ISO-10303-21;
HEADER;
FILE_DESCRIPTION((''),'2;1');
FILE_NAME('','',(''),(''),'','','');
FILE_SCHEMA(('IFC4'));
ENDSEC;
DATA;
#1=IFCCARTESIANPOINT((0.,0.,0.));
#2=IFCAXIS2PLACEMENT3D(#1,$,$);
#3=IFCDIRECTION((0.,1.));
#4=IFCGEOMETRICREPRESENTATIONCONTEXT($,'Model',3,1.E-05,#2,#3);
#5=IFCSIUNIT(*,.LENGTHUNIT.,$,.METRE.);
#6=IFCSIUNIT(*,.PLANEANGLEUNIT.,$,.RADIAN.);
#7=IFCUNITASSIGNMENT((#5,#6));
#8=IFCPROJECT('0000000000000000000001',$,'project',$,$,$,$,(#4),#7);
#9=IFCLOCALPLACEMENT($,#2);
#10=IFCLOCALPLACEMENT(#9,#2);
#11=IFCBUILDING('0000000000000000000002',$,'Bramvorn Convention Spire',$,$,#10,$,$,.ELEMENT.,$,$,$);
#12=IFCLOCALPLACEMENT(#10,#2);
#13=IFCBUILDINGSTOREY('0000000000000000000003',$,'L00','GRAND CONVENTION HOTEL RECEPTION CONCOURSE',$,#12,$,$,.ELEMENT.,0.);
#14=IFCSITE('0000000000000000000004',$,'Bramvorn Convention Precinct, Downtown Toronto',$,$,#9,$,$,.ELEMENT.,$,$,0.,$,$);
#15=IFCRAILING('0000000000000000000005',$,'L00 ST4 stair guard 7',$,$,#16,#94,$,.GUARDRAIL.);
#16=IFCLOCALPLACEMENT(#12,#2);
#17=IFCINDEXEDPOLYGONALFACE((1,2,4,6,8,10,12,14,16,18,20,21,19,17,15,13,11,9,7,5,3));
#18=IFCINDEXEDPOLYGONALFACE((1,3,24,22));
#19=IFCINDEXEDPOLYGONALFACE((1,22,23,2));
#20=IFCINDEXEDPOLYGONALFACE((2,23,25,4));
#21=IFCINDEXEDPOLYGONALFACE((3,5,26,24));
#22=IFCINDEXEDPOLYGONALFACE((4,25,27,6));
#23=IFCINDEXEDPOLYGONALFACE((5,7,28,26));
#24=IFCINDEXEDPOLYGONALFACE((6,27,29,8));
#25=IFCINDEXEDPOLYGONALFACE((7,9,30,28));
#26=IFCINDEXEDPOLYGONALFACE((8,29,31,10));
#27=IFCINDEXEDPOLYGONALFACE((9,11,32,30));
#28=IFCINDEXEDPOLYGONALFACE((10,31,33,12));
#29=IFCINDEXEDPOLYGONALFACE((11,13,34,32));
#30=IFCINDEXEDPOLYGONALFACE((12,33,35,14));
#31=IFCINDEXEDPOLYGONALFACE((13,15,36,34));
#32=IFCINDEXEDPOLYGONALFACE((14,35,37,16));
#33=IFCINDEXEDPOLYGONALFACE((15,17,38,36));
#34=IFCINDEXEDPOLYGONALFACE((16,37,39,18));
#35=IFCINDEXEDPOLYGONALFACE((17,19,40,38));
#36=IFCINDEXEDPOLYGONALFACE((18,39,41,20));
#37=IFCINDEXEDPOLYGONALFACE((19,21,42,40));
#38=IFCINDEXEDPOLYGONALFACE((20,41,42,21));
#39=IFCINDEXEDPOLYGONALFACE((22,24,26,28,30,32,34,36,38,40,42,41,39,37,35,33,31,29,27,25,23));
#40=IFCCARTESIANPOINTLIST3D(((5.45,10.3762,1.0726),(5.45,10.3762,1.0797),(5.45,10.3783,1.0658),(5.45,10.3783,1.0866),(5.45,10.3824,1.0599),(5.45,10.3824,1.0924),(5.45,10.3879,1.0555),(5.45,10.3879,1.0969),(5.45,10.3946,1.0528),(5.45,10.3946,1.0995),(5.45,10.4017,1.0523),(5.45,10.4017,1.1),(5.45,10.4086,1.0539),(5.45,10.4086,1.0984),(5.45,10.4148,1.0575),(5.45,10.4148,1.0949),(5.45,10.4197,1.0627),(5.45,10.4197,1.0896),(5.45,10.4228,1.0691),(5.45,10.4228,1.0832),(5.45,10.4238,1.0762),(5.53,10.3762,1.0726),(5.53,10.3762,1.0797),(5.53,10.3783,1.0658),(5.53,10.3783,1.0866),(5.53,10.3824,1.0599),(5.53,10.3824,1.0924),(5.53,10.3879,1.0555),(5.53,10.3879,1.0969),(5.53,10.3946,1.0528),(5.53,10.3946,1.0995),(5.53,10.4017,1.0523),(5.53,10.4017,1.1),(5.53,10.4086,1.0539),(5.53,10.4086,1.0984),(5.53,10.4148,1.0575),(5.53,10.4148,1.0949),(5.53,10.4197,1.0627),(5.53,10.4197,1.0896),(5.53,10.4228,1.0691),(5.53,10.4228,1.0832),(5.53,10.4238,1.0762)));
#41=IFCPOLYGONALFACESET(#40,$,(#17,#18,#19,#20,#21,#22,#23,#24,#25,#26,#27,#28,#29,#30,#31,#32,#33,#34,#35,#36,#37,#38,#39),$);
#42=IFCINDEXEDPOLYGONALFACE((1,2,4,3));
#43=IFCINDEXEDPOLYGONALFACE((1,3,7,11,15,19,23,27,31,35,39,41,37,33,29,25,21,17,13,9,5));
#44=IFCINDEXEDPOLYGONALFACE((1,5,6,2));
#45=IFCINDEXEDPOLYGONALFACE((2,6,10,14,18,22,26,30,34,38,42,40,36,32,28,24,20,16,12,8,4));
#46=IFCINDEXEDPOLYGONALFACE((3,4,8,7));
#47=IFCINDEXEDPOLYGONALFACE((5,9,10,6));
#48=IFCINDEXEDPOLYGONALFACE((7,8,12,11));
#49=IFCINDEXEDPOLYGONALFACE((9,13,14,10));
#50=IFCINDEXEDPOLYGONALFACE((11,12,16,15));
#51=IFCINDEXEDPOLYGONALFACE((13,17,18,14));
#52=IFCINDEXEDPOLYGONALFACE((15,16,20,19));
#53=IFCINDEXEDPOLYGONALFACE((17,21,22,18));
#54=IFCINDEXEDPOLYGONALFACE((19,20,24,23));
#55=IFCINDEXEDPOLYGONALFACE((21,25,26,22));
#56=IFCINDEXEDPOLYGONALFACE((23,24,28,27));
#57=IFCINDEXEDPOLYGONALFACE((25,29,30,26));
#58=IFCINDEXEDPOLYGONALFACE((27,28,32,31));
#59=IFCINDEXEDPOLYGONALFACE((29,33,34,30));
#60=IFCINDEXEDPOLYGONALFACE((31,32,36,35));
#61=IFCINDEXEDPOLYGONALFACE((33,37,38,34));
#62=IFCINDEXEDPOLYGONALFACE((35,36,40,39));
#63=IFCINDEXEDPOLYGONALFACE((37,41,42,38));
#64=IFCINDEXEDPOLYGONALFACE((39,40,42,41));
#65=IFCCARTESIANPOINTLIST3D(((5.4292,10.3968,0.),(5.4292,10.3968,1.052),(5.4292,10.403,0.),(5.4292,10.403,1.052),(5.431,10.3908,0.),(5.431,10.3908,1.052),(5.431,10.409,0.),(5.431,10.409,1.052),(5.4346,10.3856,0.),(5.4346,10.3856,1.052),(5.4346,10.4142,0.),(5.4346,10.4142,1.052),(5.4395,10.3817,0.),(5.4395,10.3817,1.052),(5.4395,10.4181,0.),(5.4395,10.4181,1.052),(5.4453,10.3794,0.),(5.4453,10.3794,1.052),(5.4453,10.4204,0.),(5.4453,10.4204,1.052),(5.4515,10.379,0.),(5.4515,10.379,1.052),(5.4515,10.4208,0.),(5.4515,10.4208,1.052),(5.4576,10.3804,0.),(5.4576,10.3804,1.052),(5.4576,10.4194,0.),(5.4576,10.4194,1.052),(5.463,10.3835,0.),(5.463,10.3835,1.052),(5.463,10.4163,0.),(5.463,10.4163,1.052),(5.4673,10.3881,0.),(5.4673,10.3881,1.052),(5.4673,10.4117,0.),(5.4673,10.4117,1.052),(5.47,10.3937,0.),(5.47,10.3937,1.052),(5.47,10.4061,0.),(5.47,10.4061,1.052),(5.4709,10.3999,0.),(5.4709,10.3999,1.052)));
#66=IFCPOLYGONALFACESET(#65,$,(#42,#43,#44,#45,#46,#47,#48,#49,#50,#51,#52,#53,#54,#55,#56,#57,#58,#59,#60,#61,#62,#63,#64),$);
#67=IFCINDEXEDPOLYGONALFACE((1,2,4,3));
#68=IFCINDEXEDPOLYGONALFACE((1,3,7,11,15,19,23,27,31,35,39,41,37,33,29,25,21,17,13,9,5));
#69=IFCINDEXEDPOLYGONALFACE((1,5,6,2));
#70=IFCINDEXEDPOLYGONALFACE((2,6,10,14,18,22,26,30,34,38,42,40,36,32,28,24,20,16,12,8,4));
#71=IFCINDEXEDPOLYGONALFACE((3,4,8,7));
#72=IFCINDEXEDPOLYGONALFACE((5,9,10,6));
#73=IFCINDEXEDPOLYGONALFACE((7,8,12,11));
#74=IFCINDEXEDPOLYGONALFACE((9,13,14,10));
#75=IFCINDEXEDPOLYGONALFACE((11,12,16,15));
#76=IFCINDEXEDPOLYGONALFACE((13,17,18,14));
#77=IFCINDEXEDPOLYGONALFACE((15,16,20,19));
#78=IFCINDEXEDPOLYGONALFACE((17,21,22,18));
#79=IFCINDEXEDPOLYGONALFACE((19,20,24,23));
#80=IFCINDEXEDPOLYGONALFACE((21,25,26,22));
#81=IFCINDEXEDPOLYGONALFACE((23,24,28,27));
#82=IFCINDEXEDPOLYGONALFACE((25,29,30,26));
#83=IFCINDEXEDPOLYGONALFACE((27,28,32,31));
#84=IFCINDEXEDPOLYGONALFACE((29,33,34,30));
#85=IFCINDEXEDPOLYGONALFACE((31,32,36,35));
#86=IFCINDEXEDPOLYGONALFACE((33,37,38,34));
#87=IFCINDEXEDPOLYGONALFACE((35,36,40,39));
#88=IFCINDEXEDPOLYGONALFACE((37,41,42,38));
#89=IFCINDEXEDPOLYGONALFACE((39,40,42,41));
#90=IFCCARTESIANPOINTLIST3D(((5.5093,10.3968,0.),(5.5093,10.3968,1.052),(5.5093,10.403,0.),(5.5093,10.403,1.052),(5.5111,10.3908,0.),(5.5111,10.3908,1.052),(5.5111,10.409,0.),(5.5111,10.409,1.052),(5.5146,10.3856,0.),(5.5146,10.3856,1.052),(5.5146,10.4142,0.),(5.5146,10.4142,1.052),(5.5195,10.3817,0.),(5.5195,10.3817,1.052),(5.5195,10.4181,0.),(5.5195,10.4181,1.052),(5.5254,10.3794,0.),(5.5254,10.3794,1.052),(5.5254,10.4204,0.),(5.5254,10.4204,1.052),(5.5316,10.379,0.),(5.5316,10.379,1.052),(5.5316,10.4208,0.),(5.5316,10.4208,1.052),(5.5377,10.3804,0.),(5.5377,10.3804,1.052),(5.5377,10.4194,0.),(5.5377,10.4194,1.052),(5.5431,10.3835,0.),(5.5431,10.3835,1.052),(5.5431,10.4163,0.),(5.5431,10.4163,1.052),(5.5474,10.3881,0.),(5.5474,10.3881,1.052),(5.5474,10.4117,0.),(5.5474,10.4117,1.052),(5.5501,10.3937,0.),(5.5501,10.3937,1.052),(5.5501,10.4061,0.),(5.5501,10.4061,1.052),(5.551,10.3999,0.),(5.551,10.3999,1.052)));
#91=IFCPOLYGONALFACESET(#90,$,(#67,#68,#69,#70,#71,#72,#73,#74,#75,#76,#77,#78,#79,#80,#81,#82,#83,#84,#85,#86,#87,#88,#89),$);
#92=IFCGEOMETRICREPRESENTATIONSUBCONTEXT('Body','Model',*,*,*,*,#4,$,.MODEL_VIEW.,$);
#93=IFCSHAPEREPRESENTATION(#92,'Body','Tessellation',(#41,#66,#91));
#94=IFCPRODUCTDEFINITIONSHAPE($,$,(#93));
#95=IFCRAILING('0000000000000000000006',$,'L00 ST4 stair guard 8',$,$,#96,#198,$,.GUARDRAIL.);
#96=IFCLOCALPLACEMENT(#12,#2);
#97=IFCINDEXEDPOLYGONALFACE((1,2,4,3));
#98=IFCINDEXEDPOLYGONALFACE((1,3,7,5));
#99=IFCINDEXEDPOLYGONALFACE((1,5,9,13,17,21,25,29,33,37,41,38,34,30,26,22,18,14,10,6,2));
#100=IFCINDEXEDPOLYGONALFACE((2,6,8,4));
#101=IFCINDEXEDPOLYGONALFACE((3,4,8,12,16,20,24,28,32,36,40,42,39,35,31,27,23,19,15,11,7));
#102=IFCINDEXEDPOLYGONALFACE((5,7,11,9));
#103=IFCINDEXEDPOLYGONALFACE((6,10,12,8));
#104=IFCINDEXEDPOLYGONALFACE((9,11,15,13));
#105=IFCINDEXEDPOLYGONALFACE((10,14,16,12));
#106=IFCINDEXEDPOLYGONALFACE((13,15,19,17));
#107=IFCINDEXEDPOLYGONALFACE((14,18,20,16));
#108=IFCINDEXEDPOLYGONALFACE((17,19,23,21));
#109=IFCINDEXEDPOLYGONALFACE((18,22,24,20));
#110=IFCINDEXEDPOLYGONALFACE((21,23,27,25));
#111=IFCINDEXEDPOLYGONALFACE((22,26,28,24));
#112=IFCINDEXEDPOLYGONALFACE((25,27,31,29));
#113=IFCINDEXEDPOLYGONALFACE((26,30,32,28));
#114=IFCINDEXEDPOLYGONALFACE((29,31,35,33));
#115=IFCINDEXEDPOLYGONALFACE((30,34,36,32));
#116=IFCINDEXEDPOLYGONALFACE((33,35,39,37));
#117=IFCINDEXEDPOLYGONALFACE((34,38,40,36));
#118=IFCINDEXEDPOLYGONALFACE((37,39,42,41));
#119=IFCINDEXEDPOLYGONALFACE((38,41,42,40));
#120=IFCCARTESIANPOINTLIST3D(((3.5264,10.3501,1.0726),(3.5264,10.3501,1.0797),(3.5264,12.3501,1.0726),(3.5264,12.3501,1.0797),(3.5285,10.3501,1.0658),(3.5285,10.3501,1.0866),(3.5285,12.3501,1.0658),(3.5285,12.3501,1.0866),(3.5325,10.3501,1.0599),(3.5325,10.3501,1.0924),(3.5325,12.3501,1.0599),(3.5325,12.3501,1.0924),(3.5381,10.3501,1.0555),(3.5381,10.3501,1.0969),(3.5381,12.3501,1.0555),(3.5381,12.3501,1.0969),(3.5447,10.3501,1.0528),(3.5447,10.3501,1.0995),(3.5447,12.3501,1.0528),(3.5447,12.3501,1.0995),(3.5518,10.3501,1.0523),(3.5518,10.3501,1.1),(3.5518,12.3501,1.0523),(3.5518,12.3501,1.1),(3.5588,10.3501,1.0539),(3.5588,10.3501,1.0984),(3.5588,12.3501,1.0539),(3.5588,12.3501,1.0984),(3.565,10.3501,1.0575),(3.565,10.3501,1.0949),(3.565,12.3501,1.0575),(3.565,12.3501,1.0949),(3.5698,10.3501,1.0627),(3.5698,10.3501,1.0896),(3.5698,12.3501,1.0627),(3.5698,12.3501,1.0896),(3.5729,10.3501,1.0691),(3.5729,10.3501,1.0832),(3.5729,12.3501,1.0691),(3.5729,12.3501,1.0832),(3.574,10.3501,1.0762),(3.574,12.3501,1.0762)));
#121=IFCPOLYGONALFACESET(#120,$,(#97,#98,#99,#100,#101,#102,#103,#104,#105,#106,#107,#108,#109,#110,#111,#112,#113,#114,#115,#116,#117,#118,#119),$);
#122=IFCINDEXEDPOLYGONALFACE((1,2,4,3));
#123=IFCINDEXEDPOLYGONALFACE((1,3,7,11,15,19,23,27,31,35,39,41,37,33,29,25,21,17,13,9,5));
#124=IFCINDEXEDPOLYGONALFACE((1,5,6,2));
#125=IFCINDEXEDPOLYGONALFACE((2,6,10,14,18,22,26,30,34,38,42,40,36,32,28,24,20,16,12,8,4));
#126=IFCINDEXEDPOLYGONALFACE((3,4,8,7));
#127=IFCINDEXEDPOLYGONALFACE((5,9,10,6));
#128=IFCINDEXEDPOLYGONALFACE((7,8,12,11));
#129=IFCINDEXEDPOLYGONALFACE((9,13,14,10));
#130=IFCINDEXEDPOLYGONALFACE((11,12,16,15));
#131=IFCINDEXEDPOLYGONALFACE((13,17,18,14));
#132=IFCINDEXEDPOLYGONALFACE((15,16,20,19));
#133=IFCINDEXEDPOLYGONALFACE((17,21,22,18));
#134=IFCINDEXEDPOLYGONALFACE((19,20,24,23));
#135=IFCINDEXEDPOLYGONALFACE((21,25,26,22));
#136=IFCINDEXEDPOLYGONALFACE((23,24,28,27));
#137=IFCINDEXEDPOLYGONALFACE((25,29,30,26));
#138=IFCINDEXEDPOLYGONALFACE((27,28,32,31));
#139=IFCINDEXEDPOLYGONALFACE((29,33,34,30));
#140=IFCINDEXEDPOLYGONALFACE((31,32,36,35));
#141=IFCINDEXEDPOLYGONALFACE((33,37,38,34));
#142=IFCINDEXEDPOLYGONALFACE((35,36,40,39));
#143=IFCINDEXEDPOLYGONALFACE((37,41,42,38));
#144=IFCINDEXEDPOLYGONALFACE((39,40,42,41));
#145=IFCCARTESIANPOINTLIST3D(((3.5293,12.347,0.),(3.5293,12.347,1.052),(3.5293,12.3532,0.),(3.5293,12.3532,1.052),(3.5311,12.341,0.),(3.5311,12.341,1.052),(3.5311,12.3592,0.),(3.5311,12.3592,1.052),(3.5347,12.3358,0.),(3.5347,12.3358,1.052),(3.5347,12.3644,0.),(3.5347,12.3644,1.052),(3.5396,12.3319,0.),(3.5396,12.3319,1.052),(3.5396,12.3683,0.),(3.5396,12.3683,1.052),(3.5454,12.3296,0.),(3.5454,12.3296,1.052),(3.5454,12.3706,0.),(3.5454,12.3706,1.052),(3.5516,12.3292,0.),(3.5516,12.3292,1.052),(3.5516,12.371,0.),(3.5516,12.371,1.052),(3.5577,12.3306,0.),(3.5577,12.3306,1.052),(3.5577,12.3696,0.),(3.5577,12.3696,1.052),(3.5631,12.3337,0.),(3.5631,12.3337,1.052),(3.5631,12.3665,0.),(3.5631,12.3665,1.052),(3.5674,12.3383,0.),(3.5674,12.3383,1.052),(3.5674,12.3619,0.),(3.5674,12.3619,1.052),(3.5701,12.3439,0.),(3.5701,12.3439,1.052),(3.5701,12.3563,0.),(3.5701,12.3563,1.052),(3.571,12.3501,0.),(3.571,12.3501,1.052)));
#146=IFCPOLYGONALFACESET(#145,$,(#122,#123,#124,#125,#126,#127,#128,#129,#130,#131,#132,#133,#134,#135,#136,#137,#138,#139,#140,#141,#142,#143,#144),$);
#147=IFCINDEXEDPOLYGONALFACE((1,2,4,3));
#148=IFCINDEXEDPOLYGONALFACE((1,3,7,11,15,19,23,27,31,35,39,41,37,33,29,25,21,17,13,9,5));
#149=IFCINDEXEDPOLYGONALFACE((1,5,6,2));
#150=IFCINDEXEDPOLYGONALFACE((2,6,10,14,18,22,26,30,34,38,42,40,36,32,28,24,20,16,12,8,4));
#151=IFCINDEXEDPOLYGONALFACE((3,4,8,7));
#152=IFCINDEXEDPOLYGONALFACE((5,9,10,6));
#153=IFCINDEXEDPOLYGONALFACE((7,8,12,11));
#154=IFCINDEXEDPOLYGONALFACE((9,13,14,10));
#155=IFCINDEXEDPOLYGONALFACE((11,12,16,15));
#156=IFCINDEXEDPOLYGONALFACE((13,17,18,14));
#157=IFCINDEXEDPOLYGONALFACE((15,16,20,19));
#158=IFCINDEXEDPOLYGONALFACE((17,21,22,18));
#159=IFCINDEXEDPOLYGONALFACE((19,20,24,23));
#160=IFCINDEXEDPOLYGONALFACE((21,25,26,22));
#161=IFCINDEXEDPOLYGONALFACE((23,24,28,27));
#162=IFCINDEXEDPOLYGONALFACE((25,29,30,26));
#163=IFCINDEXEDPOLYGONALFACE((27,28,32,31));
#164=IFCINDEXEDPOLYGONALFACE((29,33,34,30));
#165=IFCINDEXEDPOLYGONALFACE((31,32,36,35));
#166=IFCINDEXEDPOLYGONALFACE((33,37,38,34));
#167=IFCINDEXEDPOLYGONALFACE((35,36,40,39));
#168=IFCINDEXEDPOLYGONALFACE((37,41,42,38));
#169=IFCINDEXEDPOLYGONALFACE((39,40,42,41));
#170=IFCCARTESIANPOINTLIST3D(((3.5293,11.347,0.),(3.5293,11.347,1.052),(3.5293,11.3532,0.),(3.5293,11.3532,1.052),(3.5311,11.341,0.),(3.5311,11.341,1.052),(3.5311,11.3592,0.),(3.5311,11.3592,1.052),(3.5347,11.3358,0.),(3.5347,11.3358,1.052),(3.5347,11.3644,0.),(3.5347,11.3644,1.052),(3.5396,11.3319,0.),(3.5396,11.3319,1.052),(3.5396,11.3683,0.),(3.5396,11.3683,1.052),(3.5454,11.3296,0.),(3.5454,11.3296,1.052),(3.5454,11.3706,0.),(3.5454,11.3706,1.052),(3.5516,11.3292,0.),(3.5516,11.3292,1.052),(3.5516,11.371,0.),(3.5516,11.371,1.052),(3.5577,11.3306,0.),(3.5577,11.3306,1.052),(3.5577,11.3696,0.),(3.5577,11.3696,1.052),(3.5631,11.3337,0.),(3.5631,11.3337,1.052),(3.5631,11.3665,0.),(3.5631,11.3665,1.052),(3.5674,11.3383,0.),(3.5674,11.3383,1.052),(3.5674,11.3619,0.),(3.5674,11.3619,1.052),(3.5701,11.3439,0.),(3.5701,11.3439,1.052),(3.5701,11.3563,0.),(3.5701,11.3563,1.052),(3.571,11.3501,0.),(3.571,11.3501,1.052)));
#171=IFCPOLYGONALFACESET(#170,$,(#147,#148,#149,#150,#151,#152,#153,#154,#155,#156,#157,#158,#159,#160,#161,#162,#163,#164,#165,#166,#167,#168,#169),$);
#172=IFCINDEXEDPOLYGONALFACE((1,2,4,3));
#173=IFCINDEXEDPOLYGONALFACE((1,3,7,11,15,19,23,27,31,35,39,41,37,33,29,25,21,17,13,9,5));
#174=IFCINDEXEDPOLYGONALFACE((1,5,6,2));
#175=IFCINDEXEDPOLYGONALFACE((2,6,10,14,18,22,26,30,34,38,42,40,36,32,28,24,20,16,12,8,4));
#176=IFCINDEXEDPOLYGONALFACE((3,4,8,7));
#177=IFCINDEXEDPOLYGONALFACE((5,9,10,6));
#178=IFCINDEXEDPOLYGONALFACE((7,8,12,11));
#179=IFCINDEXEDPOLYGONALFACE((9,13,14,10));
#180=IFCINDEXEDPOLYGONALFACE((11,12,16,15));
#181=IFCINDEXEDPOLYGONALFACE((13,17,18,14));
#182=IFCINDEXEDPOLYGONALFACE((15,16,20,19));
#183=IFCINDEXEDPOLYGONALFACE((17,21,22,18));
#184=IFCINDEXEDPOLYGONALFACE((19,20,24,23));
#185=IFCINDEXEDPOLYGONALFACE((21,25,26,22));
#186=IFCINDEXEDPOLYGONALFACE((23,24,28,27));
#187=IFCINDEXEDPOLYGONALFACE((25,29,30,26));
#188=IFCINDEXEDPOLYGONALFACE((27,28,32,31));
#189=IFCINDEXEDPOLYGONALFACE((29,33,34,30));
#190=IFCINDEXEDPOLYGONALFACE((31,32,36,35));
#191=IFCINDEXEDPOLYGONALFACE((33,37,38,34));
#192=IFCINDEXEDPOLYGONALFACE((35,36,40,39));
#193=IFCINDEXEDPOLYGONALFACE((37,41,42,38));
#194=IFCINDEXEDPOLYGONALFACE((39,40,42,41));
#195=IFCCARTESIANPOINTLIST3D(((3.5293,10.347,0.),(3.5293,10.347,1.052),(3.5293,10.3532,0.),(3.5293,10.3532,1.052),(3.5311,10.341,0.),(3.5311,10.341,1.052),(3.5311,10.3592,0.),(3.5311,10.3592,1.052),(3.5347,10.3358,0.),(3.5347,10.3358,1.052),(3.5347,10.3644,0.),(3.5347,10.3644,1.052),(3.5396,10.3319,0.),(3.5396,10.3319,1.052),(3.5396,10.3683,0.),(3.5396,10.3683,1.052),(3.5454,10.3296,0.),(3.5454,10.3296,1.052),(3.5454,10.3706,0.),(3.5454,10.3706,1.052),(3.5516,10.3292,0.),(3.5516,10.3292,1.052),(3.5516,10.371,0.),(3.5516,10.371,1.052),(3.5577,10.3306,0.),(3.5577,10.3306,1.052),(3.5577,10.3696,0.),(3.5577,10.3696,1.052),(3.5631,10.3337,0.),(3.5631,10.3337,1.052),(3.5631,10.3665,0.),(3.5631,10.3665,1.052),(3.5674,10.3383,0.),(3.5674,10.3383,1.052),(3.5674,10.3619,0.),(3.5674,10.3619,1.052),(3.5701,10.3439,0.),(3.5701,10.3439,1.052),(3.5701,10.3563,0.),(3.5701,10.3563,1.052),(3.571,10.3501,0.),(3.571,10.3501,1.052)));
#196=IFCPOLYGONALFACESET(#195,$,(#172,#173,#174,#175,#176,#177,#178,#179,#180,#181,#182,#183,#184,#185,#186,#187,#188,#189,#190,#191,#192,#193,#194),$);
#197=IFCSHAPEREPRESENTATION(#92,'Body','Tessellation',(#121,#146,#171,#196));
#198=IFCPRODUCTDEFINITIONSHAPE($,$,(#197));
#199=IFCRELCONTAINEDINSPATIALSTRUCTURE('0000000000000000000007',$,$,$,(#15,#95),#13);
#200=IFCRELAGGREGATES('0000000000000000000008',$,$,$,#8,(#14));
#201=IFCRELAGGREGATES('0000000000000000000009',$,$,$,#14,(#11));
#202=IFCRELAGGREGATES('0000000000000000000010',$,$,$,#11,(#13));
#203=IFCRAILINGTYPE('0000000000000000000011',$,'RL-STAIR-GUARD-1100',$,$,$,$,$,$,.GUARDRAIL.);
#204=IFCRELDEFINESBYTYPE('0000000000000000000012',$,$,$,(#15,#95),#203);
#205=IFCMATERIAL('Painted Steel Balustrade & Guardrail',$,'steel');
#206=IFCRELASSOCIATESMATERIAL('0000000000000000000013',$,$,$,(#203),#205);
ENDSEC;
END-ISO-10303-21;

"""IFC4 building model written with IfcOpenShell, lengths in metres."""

from ifc_helpers import new_model, si_unit, direction, frame, origin, origin_2d, place, context, subcontext, project, spatial, circle, extrude, material, type_object, element, save


model = new_model("IFC4")

# Units and contexts
model_context = context("Model", 3, precision=1e-05, world=origin(), true_north=direction((0.0, 1.0)))
body_context = subcontext(model_context, "Body", "Model", "MODEL_VIEW")
ifc_project = project(units=[si_unit("LENGTHUNIT", "METRE"), si_unit("PLANEANGLEUNIT", "RADIAN")], contexts=[model_context])

# Site, building, storey
site_placement = place(None, origin())
site = spatial("IfcSite", under=ifc_project, at=site_placement, Name="Bramvorn Convention Precinct, Downtown Toronto", CompositionType="ELEMENT", RefElevation=0.0)
building_placement = place(site_placement, origin())
building = spatial("IfcBuilding", under=site, at=building_placement, Name="Bramvorn Convention Spire", CompositionType="ELEMENT")
storey_placement = place(building_placement, origin())
storey = spatial("IfcBuildingStorey", under=building, at=storey_placement, Name="L00", Description="GRAND CONVENTION HOTEL RECEPTION CONCOURSE", CompositionType="ELEMENT", Elevation=0.0)

# Railings
ifc_material_1 = material(Name="Painted Steel Balustrade & Guardrail", Category="steel")
railing_type_1 = type_object("IfcRailingType", Name="RL-STAIR-GUARD-1100", PredefinedType="GUARDRAIL", material=ifc_material_1)
railing_1_placement = place(storey_placement, frame((5.45, 10.3999, 0.0)))
element("IfcRailing", 1, at=railing_1_placement, inside=storey, type_object=railing_type_1, Name="L00 ST4 stair guard 7", PredefinedType="GUARDRAIL", context=body_context, shape_type="SweptSolid", body=[
    extrude(circle(Radius=0.0239, at=origin_2d()), frame((0.0, 0.0, 1.0762), z_axis=(1.0, 0.0, 0.0), x_axis=(0.0, 1.0, 0.0)), (0.0, 0.0, 1.0), 0.0801),
    extrude(circle(Radius=0.021, at=origin_2d()), origin(), (0.0, 0.0, 1.0), 1.052),
    extrude(circle(Radius=0.021, at=origin_2d()), frame((0.0801, 0.0, 0.0)), (0.0, 0.0, 1.0), 1.052),
])
railing_2_placement = place(storey_placement, frame((3.55, 12.3501, 0.0)))
element("IfcRailing", 2, at=railing_2_placement, inside=storey, type_object=railing_type_1, Name="L00 ST4 stair guard 8", PredefinedType="GUARDRAIL", context=body_context, shape_type="SweptSolid", body=[
    extrude(circle(Radius=0.0239, at=origin_2d()), frame((0.0, 0.0, 1.0762), z_axis=(0.0, -1.0, 0.0), x_axis=(1.0, 0.0, 0.0)), (0.0, 0.0, 1.0), 2.0),
    extrude(circle(Radius=0.021, at=origin_2d()), origin(), (0.0, 0.0, 1.0), 1.052),
    extrude(circle(Radius=0.021, at=origin_2d()), frame((0.0, -1.0, 0.0)), (0.0, 0.0, 1.0), 1.052),
    extrude(circle(Radius=0.021, at=origin_2d()), frame((0.0, -2.0, 0.0)), (0.0, 0.0, 1.0), 1.052),
])

save(model, "model.ifc")
